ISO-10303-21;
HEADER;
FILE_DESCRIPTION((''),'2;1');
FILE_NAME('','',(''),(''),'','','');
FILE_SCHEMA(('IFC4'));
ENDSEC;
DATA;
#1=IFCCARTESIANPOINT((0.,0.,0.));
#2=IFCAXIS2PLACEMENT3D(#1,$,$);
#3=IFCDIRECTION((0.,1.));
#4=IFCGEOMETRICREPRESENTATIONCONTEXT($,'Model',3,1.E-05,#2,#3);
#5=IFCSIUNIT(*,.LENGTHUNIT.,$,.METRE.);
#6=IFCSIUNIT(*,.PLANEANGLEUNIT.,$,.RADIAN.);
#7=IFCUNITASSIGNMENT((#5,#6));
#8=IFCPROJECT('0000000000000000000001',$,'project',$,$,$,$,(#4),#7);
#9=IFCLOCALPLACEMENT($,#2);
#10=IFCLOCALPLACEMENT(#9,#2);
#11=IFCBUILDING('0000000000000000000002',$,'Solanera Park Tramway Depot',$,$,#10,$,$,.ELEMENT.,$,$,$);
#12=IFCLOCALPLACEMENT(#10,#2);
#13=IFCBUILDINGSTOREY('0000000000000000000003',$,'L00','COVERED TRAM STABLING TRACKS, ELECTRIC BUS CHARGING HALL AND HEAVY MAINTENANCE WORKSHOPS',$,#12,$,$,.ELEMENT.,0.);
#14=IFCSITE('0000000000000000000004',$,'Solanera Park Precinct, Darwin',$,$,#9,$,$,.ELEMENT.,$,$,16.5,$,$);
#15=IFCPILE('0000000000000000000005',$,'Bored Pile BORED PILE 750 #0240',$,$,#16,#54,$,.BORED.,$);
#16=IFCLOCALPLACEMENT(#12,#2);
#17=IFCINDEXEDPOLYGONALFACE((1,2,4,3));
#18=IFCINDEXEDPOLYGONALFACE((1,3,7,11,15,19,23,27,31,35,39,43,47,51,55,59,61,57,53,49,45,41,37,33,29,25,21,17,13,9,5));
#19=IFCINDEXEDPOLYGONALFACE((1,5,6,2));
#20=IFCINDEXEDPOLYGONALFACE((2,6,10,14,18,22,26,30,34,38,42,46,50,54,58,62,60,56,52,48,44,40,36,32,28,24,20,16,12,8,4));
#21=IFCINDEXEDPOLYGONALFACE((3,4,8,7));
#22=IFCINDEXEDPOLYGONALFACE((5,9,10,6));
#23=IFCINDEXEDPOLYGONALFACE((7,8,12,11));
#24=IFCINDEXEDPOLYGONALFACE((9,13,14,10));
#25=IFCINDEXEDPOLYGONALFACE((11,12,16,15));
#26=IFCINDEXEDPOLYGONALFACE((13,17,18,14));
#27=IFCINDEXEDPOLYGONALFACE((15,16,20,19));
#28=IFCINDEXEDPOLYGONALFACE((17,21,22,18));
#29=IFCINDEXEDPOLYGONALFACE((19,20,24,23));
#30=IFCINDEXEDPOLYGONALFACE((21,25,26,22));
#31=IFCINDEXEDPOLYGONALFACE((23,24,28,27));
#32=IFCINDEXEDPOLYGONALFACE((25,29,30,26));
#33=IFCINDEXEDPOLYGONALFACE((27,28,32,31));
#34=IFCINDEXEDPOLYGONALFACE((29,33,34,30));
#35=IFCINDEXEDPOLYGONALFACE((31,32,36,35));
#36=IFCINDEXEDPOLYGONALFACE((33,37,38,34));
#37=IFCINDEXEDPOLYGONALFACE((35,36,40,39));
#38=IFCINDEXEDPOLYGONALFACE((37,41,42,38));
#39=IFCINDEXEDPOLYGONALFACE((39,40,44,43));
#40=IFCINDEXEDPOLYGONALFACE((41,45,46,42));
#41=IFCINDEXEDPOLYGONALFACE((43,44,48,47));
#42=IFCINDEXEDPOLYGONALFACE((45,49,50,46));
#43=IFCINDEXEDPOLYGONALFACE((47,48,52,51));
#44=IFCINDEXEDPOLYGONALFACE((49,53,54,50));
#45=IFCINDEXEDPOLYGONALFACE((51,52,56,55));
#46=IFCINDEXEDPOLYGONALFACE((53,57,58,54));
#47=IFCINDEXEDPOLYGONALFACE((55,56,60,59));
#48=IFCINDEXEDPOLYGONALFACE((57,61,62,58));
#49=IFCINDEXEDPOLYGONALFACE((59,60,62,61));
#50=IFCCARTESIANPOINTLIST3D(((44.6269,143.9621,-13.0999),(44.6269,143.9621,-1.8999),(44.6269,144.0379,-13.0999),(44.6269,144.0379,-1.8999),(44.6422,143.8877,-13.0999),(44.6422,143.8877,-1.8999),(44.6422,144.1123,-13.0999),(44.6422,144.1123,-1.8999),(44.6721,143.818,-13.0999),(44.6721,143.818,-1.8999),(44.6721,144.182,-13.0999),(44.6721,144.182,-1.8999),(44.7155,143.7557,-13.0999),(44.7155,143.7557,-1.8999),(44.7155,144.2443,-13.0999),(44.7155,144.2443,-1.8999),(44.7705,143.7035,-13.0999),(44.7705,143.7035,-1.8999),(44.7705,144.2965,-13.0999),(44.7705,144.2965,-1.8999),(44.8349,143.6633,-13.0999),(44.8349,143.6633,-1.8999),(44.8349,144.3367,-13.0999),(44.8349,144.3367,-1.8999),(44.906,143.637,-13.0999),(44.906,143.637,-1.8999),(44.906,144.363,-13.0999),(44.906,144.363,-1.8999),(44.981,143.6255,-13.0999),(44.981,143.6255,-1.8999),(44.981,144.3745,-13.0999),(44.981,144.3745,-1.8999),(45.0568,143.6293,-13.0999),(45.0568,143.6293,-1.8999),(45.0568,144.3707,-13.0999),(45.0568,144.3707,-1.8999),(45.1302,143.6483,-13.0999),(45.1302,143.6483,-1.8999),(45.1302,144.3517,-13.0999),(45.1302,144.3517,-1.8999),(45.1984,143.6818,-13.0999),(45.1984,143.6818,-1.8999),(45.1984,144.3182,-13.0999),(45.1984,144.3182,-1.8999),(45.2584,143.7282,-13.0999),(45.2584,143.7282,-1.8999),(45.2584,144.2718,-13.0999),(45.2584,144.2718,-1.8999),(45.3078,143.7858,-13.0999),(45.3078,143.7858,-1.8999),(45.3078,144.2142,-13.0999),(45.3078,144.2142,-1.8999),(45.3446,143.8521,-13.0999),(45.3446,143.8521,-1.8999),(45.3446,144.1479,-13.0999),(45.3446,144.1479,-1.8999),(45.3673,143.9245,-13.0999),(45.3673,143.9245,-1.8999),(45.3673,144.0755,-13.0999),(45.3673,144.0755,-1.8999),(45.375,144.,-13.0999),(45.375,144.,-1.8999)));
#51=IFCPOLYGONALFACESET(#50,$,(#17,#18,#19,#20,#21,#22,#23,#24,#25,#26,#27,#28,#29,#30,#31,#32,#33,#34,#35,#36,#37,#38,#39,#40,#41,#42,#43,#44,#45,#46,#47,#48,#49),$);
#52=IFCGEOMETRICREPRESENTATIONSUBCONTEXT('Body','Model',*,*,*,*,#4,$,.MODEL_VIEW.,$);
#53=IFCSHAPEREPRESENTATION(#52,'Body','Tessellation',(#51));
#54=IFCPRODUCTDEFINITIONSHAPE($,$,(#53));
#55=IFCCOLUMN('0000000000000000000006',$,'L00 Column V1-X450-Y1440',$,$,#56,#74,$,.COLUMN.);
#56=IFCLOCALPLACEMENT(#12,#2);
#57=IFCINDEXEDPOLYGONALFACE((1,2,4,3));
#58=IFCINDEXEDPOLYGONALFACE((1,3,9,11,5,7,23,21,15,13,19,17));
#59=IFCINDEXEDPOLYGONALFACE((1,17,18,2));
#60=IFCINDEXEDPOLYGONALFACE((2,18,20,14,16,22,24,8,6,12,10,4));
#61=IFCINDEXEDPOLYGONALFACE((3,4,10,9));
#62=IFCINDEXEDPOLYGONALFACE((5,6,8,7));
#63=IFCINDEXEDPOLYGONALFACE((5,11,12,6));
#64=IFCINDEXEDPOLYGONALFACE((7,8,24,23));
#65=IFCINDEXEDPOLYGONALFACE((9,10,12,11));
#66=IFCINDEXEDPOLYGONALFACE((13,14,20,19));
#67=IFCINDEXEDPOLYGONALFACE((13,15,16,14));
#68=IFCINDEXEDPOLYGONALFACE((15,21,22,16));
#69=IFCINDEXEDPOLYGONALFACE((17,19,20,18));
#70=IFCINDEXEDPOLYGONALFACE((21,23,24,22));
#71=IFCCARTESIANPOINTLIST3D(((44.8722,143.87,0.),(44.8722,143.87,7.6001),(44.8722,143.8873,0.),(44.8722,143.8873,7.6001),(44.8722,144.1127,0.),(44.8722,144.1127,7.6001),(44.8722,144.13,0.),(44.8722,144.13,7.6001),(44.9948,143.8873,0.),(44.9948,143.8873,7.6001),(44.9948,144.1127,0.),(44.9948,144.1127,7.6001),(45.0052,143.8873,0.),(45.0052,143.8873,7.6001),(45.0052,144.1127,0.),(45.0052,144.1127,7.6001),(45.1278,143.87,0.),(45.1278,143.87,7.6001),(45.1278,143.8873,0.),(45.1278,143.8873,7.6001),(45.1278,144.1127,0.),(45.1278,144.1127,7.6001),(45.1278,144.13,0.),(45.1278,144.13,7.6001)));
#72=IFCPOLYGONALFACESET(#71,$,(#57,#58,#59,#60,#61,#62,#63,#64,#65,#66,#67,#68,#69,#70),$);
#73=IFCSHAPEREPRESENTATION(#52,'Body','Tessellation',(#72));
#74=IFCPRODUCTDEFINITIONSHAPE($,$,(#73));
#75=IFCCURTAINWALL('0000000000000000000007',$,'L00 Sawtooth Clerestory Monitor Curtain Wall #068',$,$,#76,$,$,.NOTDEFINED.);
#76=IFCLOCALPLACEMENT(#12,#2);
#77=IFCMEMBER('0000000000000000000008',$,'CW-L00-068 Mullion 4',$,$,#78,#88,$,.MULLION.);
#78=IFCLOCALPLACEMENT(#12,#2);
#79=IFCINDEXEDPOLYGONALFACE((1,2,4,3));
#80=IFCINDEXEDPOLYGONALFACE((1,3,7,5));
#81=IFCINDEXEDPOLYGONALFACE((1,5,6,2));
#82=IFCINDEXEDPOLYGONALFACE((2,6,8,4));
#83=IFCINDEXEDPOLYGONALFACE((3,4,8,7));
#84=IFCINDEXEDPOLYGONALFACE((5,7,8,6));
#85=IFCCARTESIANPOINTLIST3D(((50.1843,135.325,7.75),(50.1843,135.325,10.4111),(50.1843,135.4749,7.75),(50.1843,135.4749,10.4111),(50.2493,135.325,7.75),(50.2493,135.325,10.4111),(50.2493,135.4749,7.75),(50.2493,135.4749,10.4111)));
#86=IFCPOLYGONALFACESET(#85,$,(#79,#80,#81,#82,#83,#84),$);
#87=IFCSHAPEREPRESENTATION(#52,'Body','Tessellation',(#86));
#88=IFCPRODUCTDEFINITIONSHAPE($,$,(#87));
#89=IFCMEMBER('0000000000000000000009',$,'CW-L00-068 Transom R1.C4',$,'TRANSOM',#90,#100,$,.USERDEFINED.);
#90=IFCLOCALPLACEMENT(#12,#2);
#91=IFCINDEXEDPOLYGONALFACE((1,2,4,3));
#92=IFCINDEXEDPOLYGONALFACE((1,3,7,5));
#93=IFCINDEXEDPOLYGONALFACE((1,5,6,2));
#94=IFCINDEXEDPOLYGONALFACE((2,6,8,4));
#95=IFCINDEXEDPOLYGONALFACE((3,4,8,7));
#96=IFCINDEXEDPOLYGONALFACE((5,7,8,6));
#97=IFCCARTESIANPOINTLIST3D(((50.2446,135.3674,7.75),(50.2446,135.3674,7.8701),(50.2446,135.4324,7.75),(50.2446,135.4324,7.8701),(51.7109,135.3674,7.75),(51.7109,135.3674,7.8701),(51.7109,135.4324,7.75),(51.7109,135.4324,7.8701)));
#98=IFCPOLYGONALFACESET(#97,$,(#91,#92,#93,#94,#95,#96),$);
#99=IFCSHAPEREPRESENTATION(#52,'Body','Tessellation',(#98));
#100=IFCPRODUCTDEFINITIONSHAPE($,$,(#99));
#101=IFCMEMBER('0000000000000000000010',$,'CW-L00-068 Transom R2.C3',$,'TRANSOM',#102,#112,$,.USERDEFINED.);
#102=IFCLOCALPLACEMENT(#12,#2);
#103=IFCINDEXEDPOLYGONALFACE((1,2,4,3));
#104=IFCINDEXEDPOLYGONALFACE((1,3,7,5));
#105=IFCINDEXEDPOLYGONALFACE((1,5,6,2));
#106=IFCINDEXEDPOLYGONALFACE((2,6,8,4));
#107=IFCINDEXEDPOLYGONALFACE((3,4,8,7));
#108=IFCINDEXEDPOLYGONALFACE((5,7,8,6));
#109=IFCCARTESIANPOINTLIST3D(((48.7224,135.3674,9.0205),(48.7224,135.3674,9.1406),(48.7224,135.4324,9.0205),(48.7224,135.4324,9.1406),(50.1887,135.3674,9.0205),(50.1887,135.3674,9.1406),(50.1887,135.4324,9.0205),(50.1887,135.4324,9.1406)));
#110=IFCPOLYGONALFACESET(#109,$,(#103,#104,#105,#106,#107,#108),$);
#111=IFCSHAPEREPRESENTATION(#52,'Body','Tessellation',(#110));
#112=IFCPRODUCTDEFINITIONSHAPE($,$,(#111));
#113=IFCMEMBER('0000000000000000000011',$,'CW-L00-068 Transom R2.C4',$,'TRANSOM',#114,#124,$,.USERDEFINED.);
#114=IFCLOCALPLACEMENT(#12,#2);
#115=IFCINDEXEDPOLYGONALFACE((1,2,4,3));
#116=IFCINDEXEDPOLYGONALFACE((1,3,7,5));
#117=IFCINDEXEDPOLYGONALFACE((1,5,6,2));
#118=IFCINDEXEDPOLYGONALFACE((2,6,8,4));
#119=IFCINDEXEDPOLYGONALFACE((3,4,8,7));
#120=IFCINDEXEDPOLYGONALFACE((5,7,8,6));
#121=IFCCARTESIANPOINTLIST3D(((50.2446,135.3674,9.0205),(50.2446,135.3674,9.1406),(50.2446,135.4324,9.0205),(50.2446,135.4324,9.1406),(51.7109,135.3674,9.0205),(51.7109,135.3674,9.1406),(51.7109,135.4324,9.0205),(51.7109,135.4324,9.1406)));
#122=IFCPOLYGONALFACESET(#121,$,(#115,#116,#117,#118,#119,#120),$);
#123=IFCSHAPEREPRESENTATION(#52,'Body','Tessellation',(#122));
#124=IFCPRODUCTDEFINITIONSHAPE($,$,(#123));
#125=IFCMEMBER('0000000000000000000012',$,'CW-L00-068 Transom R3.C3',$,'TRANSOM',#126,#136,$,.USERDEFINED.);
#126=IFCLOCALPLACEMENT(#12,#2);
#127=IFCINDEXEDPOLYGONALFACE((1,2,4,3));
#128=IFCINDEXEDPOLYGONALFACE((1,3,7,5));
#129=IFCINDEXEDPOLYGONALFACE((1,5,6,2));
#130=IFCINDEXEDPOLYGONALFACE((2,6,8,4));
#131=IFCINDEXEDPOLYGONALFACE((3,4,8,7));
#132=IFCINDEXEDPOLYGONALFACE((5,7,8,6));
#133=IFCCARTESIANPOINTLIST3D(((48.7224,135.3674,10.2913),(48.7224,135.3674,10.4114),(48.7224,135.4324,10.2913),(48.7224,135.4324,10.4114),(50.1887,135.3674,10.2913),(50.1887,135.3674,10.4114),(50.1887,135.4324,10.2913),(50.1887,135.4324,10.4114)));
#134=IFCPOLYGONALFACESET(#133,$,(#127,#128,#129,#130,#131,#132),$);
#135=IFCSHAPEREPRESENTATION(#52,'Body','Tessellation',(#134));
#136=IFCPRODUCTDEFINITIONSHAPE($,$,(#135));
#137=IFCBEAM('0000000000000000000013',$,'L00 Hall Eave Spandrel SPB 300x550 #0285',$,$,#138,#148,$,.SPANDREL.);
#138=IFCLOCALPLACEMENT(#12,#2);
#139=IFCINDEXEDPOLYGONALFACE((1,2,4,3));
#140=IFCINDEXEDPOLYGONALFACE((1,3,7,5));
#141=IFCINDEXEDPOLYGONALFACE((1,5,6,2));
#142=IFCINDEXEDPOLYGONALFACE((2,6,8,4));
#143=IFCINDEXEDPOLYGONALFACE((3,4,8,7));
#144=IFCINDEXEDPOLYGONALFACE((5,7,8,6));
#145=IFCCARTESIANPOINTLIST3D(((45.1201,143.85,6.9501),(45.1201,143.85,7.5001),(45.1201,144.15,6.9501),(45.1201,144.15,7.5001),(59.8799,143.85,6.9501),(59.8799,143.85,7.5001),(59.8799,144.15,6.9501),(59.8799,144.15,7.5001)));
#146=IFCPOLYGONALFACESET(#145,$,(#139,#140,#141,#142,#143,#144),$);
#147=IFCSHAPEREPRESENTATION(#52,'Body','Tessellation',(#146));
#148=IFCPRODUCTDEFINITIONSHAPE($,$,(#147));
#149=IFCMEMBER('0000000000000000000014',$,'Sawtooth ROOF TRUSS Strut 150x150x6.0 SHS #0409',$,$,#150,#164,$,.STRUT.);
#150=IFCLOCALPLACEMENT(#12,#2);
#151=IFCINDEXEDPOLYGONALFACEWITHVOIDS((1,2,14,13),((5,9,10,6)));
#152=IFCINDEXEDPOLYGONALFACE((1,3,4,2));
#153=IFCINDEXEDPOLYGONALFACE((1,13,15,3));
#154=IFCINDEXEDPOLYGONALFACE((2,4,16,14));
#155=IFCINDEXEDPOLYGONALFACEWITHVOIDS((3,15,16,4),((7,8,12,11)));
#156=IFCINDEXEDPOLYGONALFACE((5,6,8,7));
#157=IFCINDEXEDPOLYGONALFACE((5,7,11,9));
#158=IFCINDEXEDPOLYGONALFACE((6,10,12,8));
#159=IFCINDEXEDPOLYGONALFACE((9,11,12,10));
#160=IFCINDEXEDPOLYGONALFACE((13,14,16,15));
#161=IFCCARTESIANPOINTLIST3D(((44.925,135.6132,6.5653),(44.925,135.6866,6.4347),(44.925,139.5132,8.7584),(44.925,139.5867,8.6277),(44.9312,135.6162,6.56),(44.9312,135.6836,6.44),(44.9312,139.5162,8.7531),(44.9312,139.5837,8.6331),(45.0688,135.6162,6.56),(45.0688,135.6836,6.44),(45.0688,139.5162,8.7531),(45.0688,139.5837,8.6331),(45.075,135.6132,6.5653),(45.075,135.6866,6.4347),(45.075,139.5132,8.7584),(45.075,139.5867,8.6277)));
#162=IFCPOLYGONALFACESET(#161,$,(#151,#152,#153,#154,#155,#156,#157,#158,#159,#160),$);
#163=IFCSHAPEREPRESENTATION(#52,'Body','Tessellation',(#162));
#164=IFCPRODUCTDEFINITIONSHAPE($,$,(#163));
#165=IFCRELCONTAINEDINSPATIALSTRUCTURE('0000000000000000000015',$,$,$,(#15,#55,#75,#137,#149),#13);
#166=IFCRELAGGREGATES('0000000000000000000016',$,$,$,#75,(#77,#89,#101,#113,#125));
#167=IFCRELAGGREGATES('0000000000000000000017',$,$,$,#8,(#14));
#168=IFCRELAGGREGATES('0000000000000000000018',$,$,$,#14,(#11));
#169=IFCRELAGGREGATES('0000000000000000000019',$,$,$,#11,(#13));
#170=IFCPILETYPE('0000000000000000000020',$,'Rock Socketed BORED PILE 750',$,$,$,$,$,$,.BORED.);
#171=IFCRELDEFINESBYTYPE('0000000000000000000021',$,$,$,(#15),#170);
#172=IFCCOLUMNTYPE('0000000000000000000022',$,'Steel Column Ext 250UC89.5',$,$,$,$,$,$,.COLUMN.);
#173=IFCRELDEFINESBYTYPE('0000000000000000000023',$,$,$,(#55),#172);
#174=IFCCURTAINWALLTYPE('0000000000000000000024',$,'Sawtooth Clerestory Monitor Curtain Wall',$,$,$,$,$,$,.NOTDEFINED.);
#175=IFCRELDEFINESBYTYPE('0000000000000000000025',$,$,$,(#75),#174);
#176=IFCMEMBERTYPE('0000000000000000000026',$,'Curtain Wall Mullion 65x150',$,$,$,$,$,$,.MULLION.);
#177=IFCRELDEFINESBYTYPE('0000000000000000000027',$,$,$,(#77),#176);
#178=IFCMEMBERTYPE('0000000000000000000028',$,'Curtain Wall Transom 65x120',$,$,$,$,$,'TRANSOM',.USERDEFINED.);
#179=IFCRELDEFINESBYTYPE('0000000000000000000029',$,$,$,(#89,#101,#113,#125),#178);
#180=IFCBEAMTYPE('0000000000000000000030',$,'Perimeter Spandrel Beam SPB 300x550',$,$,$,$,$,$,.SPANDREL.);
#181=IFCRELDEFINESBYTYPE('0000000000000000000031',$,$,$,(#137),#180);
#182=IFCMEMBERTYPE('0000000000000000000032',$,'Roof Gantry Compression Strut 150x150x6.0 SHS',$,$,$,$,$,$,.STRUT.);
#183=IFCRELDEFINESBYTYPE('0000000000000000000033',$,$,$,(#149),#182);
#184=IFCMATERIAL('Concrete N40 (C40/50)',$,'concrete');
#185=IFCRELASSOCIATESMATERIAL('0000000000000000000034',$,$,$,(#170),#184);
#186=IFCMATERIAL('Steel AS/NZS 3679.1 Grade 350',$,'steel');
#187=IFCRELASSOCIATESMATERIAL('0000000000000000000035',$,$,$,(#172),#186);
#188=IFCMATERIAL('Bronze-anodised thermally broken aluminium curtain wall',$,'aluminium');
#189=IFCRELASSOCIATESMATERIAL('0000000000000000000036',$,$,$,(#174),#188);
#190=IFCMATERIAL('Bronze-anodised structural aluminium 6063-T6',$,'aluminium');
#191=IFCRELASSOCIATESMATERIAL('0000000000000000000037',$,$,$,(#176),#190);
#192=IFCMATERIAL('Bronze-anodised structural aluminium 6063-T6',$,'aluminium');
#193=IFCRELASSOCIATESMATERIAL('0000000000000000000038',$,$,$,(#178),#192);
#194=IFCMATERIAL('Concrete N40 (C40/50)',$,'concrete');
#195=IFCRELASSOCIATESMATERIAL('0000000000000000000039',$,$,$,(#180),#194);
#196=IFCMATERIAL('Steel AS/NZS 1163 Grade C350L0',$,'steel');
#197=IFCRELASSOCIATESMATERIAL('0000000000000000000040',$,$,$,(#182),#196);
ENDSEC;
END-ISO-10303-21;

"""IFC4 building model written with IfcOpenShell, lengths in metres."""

from ifc_helpers import new_model, si_unit, direction, frame, origin, origin_2d, place, context, subcontext, project, spatial, rectangle, hollow_rectangle, circle, i_section, extrude, material, material_profile, profile_set, type_object, element, aggregate, save


model = new_model("IFC4")

# Units and contexts
model_context = context("Model", 3, precision=1e-05, world=origin(), true_north=direction((0.0, 1.0)))
body_context = subcontext(model_context, "Body", "Model", "MODEL_VIEW")
ifc_project = project(units=[si_unit("LENGTHUNIT", "METRE"), si_unit("PLANEANGLEUNIT", "RADIAN")], contexts=[model_context])

# Site, building, storey
site_placement = place(None, origin())
site = spatial("IfcSite", under=ifc_project, at=site_placement, Name="Solanera Park Precinct, Darwin", CompositionType="ELEMENT", RefElevation=16.5)
building_placement = place(site_placement, origin())
building = spatial("IfcBuilding", under=site, at=building_placement, Name="Solanera Park Tramway Depot", CompositionType="ELEMENT")
storey_placement = place(building_placement, origin())
storey = spatial("IfcBuildingStorey", under=building, at=storey_placement, Name="L00", Description="COVERED TRAM STABLING TRACKS, ELECTRIC BUS CHARGING HALL AND HEAVY MAINTENANCE WORKSHOPS", CompositionType="ELEMENT", Elevation=0.0)

# Pile
ifc_material_1 = material(Name="Concrete N40 (C40/50)", Category="concrete")
ifc_material_profile_1 = material_profile(ifc_material_1, circle(Radius=0.375, at=origin_2d()), Name="BORED PILE 750")
ifc_profile_set_1 = profile_set([ifc_material_profile_1], Name="Concrete N40 (C40/50)")
pile_type = type_object("IfcPileType", Name="Rock Socketed BORED PILE 750", PredefinedType="BORED", material=ifc_profile_set_1)
pile_placement = place(storey_placement, frame((45.0, 144.0, -1.8999), z_axis=(0.0, 0.0, -1.0), x_axis=(1.0, 0.0, 0.0)))
element("IfcPile", 1, at=pile_placement, inside=storey, type_object=pile_type, Name="Bored Pile BORED PILE 750 #0240", PredefinedType="BORED", context=body_context, shape_type="SweptSolid", body=[
    extrude(circle(Radius=0.375, at=origin_2d()), origin(), (0.0, 0.0, 1.0), 11.2),
])

# Column
ifc_material_2 = material(Name="Steel AS/NZS 3679.1 Grade 350", Category="steel")
ifc_material_profile_2 = material_profile(ifc_material_2, i_section(OverallWidth=0.2556, OverallDepth=0.26, WebThickness=0.0105, FlangeThickness=0.0173, at=origin_2d()), Name="250UC89.5")
ifc_profile_set_2 = profile_set([ifc_material_profile_2], Name="Steel AS/NZS 3679.1 Grade 350")
column_type = type_object("IfcColumnType", Name="Steel Column Ext 250UC89.5", PredefinedType="COLUMN", material=ifc_profile_set_2)
column_placement = place(storey_placement, frame((45.0, 144.0, 0.0), z_axis=(0.0, 0.0, 1.0), x_axis=(1.0, 0.0, 0.0)))
element("IfcColumn", 2, at=column_placement, inside=storey, type_object=column_type, Name="L00 Column V1-X450-Y1440", PredefinedType="COLUMN", context=body_context, shape_type="SweptSolid", body=[
    extrude(i_section(OverallWidth=0.2556, OverallDepth=0.26, WebThickness=0.0105, FlangeThickness=0.0173, at=origin_2d()), origin(), (0.0, 0.0, 1.0), 7.6001),
])

# Curtain wall, members
ifc_material_3 = material(Name="Bronze-anodised thermally broken aluminium curtain wall", Category="aluminium")
curtain_wall_type = type_object("IfcCurtainWallType", Name="Sawtooth Clerestory Monitor Curtain Wall", PredefinedType="NOTDEFINED", material=ifc_material_3)
curtain_wall_placement = place(storey_placement, origin())
curtain_wall = element("IfcCurtainWall", 3, at=curtain_wall_placement, inside=storey, type_object=curtain_wall_type, Name="L00 Sawtooth Clerestory Monitor Curtain Wall #068", PredefinedType="NOTDEFINED")
ifc_material_4 = material(Name="Bronze-anodised structural aluminium 6063-T6", Category="aluminium")
ifc_material_profile_3 = material_profile(ifc_material_4, rectangle(XDim=0.0649, YDim=0.1499, at=origin_2d()), Name="Curtain Wall Mullion 65x150")
ifc_profile_set_3 = profile_set([ifc_material_profile_3], Name="Bronze-anodised structural aluminium 6063-T6")
member_type_1 = type_object("IfcMemberType", Name="Curtain Wall Mullion 65x150", PredefinedType="MULLION", material=ifc_profile_set_3)
member_1_placement = place(storey_placement, frame((50.2168, 135.3999, 7.75), z_axis=(0.0, 0.0, 1.0), x_axis=(1.0, 0.0, 0.0)))
member_1 = element("IfcMember", 4, at=member_1_placement, type_object=member_type_1, Name="CW-L00-068 Mullion 4", PredefinedType="MULLION", context=body_context, shape_type="SweptSolid", body=[
    extrude(rectangle(XDim=0.0649, YDim=0.1499, at=origin_2d()), origin(), (0.0, 0.0, 1.0), 2.6611),
])
ifc_material_5 = material(Name="Bronze-anodised structural aluminium 6063-T6", Category="aluminium")
ifc_material_profile_4 = material_profile(ifc_material_5, rectangle(XDim=0.0649, YDim=0.1201, at=origin_2d()), Name="Curtain Wall Transom 65x120")
ifc_profile_set_4 = profile_set([ifc_material_profile_4], Name="Bronze-anodised structural aluminium 6063-T6")
member_type_2 = type_object("IfcMemberType", Name="Curtain Wall Transom 65x120", ElementType="TRANSOM", PredefinedType="USERDEFINED", material=ifc_profile_set_4)
member_2_placement = place(storey_placement, frame((50.2446, 135.3999, 7.8101), z_axis=(1.0, 0.0, 0.0), x_axis=(0.0, 1.0, 0.0)))
member_2 = element("IfcMember", 5, at=member_2_placement, type_object=member_type_2, Name="CW-L00-068 Transom R1.C4", ObjectType="TRANSOM", PredefinedType="USERDEFINED", context=body_context, shape_type="SweptSolid", body=[
    extrude(rectangle(XDim=0.0649, YDim=0.1201, at=origin_2d()), origin(), (0.0, 0.0, 1.0), 1.4663),
])
member_3_placement = place(storey_placement, frame((48.7224, 135.3999, 9.0806), z_axis=(1.0, 0.0, 0.0), x_axis=(0.0, 1.0, 0.0)))
member_3 = element("IfcMember", 6, at=member_3_placement, type_object=member_type_2, Name="CW-L00-068 Transom R2.C3", ObjectType="TRANSOM", PredefinedType="USERDEFINED", context=body_context, shape_type="SweptSolid", body=[
    extrude(rectangle(XDim=0.0649, YDim=0.1201, at=origin_2d()), origin(), (0.0, 0.0, 1.0), 1.4663),
])
member_4_placement = place(storey_placement, frame((50.2446, 135.3999, 9.0806), z_axis=(1.0, 0.0, 0.0), x_axis=(0.0, 1.0, 0.0)))
member_4 = element("IfcMember", 7, at=member_4_placement, type_object=member_type_2, Name="CW-L00-068 Transom R2.C4", ObjectType="TRANSOM", PredefinedType="USERDEFINED", context=body_context, shape_type="SweptSolid", body=[
    extrude(rectangle(XDim=0.0649, YDim=0.1201, at=origin_2d()), origin(), (0.0, 0.0, 1.0), 1.4663),
])
member_5_placement = place(storey_placement, frame((48.7224, 135.3999, 10.3513), z_axis=(1.0, 0.0, 0.0), x_axis=(0.0, 1.0, 0.0)))
member_5 = element("IfcMember", 8, at=member_5_placement, type_object=member_type_2, Name="CW-L00-068 Transom R3.C3", ObjectType="TRANSOM", PredefinedType="USERDEFINED", context=body_context, shape_type="SweptSolid", body=[
    extrude(rectangle(XDim=0.0649, YDim=0.1201, at=origin_2d()), origin(), (0.0, 0.0, 1.0), 1.4663),
])

# Beam
ifc_material_6 = material(Name="Concrete N40 (C40/50)", Category="concrete")
ifc_material_profile_5 = material_profile(ifc_material_6, rectangle(XDim=0.3, YDim=0.55, at=origin_2d()), Name="SPB 300x550")
ifc_profile_set_5 = profile_set([ifc_material_profile_5], Name="Concrete N40 (C40/50)")
beam_type_1 = type_object("IfcBeamType", Name="Perimeter Spandrel Beam SPB 300x550", PredefinedType="SPANDREL", material=ifc_profile_set_5)
beam_1_placement = place(storey_placement, frame((45.1201, 144.0, 7.2251), z_axis=(1.0, 0.0, 0.0), x_axis=(0.0, 1.0, 0.0)))
element("IfcBeam", 9, at=beam_1_placement, inside=storey, type_object=beam_type_1, Name="L00 Hall Eave Spandrel SPB 300x550 #0285", PredefinedType="SPANDREL", context=body_context, shape_type="SweptSolid", body=[
    extrude(rectangle(XDim=0.3, YDim=0.55, at=origin_2d()), origin(), (0.0, 0.0, 1.0), 14.7598),
])

# Member
ifc_material_7 = material(Name="Steel AS/NZS 1163 Grade C350L0", Category="steel")
ifc_material_profile_6 = material_profile(ifc_material_7, hollow_rectangle(XDim=0.1499, YDim=0.1499, WallThickness=0.0061, at=origin_2d()), Name="150x150x6.0 SHS")
ifc_profile_set_6 = profile_set([ifc_material_profile_6], Name="Steel AS/NZS 1163 Grade C350L0")
member_type_3 = type_object("IfcMemberType", Name="Roof Gantry Compression Strut 150x150x6.0 SHS", PredefinedType="STRUT", material=ifc_profile_set_6)
member_6_placement = place(storey_placement, frame((45.0, 135.6499, 6.5), z_axis=(0.0, 0.871644, 0.490139), x_axis=(-1.0, 0.0, 0.0)))
element("IfcMember", 10, at=member_6_placement, inside=storey, type_object=member_type_3, Name="Sawtooth ROOF TRUSS Strut 150x150x6.0 SHS #0409", PredefinedType="STRUT", context=body_context, shape_type="SweptSolid", body=[
    extrude(hollow_rectangle(XDim=0.1499, YDim=0.1499, WallThickness=0.0061, at=origin_2d()), origin(), (0.0, 0.0, 1.0), 4.4744),
])

aggregate(curtain_wall, [member_1, member_2, member_3, member_4, member_5])

save(model, "model.ifc")
